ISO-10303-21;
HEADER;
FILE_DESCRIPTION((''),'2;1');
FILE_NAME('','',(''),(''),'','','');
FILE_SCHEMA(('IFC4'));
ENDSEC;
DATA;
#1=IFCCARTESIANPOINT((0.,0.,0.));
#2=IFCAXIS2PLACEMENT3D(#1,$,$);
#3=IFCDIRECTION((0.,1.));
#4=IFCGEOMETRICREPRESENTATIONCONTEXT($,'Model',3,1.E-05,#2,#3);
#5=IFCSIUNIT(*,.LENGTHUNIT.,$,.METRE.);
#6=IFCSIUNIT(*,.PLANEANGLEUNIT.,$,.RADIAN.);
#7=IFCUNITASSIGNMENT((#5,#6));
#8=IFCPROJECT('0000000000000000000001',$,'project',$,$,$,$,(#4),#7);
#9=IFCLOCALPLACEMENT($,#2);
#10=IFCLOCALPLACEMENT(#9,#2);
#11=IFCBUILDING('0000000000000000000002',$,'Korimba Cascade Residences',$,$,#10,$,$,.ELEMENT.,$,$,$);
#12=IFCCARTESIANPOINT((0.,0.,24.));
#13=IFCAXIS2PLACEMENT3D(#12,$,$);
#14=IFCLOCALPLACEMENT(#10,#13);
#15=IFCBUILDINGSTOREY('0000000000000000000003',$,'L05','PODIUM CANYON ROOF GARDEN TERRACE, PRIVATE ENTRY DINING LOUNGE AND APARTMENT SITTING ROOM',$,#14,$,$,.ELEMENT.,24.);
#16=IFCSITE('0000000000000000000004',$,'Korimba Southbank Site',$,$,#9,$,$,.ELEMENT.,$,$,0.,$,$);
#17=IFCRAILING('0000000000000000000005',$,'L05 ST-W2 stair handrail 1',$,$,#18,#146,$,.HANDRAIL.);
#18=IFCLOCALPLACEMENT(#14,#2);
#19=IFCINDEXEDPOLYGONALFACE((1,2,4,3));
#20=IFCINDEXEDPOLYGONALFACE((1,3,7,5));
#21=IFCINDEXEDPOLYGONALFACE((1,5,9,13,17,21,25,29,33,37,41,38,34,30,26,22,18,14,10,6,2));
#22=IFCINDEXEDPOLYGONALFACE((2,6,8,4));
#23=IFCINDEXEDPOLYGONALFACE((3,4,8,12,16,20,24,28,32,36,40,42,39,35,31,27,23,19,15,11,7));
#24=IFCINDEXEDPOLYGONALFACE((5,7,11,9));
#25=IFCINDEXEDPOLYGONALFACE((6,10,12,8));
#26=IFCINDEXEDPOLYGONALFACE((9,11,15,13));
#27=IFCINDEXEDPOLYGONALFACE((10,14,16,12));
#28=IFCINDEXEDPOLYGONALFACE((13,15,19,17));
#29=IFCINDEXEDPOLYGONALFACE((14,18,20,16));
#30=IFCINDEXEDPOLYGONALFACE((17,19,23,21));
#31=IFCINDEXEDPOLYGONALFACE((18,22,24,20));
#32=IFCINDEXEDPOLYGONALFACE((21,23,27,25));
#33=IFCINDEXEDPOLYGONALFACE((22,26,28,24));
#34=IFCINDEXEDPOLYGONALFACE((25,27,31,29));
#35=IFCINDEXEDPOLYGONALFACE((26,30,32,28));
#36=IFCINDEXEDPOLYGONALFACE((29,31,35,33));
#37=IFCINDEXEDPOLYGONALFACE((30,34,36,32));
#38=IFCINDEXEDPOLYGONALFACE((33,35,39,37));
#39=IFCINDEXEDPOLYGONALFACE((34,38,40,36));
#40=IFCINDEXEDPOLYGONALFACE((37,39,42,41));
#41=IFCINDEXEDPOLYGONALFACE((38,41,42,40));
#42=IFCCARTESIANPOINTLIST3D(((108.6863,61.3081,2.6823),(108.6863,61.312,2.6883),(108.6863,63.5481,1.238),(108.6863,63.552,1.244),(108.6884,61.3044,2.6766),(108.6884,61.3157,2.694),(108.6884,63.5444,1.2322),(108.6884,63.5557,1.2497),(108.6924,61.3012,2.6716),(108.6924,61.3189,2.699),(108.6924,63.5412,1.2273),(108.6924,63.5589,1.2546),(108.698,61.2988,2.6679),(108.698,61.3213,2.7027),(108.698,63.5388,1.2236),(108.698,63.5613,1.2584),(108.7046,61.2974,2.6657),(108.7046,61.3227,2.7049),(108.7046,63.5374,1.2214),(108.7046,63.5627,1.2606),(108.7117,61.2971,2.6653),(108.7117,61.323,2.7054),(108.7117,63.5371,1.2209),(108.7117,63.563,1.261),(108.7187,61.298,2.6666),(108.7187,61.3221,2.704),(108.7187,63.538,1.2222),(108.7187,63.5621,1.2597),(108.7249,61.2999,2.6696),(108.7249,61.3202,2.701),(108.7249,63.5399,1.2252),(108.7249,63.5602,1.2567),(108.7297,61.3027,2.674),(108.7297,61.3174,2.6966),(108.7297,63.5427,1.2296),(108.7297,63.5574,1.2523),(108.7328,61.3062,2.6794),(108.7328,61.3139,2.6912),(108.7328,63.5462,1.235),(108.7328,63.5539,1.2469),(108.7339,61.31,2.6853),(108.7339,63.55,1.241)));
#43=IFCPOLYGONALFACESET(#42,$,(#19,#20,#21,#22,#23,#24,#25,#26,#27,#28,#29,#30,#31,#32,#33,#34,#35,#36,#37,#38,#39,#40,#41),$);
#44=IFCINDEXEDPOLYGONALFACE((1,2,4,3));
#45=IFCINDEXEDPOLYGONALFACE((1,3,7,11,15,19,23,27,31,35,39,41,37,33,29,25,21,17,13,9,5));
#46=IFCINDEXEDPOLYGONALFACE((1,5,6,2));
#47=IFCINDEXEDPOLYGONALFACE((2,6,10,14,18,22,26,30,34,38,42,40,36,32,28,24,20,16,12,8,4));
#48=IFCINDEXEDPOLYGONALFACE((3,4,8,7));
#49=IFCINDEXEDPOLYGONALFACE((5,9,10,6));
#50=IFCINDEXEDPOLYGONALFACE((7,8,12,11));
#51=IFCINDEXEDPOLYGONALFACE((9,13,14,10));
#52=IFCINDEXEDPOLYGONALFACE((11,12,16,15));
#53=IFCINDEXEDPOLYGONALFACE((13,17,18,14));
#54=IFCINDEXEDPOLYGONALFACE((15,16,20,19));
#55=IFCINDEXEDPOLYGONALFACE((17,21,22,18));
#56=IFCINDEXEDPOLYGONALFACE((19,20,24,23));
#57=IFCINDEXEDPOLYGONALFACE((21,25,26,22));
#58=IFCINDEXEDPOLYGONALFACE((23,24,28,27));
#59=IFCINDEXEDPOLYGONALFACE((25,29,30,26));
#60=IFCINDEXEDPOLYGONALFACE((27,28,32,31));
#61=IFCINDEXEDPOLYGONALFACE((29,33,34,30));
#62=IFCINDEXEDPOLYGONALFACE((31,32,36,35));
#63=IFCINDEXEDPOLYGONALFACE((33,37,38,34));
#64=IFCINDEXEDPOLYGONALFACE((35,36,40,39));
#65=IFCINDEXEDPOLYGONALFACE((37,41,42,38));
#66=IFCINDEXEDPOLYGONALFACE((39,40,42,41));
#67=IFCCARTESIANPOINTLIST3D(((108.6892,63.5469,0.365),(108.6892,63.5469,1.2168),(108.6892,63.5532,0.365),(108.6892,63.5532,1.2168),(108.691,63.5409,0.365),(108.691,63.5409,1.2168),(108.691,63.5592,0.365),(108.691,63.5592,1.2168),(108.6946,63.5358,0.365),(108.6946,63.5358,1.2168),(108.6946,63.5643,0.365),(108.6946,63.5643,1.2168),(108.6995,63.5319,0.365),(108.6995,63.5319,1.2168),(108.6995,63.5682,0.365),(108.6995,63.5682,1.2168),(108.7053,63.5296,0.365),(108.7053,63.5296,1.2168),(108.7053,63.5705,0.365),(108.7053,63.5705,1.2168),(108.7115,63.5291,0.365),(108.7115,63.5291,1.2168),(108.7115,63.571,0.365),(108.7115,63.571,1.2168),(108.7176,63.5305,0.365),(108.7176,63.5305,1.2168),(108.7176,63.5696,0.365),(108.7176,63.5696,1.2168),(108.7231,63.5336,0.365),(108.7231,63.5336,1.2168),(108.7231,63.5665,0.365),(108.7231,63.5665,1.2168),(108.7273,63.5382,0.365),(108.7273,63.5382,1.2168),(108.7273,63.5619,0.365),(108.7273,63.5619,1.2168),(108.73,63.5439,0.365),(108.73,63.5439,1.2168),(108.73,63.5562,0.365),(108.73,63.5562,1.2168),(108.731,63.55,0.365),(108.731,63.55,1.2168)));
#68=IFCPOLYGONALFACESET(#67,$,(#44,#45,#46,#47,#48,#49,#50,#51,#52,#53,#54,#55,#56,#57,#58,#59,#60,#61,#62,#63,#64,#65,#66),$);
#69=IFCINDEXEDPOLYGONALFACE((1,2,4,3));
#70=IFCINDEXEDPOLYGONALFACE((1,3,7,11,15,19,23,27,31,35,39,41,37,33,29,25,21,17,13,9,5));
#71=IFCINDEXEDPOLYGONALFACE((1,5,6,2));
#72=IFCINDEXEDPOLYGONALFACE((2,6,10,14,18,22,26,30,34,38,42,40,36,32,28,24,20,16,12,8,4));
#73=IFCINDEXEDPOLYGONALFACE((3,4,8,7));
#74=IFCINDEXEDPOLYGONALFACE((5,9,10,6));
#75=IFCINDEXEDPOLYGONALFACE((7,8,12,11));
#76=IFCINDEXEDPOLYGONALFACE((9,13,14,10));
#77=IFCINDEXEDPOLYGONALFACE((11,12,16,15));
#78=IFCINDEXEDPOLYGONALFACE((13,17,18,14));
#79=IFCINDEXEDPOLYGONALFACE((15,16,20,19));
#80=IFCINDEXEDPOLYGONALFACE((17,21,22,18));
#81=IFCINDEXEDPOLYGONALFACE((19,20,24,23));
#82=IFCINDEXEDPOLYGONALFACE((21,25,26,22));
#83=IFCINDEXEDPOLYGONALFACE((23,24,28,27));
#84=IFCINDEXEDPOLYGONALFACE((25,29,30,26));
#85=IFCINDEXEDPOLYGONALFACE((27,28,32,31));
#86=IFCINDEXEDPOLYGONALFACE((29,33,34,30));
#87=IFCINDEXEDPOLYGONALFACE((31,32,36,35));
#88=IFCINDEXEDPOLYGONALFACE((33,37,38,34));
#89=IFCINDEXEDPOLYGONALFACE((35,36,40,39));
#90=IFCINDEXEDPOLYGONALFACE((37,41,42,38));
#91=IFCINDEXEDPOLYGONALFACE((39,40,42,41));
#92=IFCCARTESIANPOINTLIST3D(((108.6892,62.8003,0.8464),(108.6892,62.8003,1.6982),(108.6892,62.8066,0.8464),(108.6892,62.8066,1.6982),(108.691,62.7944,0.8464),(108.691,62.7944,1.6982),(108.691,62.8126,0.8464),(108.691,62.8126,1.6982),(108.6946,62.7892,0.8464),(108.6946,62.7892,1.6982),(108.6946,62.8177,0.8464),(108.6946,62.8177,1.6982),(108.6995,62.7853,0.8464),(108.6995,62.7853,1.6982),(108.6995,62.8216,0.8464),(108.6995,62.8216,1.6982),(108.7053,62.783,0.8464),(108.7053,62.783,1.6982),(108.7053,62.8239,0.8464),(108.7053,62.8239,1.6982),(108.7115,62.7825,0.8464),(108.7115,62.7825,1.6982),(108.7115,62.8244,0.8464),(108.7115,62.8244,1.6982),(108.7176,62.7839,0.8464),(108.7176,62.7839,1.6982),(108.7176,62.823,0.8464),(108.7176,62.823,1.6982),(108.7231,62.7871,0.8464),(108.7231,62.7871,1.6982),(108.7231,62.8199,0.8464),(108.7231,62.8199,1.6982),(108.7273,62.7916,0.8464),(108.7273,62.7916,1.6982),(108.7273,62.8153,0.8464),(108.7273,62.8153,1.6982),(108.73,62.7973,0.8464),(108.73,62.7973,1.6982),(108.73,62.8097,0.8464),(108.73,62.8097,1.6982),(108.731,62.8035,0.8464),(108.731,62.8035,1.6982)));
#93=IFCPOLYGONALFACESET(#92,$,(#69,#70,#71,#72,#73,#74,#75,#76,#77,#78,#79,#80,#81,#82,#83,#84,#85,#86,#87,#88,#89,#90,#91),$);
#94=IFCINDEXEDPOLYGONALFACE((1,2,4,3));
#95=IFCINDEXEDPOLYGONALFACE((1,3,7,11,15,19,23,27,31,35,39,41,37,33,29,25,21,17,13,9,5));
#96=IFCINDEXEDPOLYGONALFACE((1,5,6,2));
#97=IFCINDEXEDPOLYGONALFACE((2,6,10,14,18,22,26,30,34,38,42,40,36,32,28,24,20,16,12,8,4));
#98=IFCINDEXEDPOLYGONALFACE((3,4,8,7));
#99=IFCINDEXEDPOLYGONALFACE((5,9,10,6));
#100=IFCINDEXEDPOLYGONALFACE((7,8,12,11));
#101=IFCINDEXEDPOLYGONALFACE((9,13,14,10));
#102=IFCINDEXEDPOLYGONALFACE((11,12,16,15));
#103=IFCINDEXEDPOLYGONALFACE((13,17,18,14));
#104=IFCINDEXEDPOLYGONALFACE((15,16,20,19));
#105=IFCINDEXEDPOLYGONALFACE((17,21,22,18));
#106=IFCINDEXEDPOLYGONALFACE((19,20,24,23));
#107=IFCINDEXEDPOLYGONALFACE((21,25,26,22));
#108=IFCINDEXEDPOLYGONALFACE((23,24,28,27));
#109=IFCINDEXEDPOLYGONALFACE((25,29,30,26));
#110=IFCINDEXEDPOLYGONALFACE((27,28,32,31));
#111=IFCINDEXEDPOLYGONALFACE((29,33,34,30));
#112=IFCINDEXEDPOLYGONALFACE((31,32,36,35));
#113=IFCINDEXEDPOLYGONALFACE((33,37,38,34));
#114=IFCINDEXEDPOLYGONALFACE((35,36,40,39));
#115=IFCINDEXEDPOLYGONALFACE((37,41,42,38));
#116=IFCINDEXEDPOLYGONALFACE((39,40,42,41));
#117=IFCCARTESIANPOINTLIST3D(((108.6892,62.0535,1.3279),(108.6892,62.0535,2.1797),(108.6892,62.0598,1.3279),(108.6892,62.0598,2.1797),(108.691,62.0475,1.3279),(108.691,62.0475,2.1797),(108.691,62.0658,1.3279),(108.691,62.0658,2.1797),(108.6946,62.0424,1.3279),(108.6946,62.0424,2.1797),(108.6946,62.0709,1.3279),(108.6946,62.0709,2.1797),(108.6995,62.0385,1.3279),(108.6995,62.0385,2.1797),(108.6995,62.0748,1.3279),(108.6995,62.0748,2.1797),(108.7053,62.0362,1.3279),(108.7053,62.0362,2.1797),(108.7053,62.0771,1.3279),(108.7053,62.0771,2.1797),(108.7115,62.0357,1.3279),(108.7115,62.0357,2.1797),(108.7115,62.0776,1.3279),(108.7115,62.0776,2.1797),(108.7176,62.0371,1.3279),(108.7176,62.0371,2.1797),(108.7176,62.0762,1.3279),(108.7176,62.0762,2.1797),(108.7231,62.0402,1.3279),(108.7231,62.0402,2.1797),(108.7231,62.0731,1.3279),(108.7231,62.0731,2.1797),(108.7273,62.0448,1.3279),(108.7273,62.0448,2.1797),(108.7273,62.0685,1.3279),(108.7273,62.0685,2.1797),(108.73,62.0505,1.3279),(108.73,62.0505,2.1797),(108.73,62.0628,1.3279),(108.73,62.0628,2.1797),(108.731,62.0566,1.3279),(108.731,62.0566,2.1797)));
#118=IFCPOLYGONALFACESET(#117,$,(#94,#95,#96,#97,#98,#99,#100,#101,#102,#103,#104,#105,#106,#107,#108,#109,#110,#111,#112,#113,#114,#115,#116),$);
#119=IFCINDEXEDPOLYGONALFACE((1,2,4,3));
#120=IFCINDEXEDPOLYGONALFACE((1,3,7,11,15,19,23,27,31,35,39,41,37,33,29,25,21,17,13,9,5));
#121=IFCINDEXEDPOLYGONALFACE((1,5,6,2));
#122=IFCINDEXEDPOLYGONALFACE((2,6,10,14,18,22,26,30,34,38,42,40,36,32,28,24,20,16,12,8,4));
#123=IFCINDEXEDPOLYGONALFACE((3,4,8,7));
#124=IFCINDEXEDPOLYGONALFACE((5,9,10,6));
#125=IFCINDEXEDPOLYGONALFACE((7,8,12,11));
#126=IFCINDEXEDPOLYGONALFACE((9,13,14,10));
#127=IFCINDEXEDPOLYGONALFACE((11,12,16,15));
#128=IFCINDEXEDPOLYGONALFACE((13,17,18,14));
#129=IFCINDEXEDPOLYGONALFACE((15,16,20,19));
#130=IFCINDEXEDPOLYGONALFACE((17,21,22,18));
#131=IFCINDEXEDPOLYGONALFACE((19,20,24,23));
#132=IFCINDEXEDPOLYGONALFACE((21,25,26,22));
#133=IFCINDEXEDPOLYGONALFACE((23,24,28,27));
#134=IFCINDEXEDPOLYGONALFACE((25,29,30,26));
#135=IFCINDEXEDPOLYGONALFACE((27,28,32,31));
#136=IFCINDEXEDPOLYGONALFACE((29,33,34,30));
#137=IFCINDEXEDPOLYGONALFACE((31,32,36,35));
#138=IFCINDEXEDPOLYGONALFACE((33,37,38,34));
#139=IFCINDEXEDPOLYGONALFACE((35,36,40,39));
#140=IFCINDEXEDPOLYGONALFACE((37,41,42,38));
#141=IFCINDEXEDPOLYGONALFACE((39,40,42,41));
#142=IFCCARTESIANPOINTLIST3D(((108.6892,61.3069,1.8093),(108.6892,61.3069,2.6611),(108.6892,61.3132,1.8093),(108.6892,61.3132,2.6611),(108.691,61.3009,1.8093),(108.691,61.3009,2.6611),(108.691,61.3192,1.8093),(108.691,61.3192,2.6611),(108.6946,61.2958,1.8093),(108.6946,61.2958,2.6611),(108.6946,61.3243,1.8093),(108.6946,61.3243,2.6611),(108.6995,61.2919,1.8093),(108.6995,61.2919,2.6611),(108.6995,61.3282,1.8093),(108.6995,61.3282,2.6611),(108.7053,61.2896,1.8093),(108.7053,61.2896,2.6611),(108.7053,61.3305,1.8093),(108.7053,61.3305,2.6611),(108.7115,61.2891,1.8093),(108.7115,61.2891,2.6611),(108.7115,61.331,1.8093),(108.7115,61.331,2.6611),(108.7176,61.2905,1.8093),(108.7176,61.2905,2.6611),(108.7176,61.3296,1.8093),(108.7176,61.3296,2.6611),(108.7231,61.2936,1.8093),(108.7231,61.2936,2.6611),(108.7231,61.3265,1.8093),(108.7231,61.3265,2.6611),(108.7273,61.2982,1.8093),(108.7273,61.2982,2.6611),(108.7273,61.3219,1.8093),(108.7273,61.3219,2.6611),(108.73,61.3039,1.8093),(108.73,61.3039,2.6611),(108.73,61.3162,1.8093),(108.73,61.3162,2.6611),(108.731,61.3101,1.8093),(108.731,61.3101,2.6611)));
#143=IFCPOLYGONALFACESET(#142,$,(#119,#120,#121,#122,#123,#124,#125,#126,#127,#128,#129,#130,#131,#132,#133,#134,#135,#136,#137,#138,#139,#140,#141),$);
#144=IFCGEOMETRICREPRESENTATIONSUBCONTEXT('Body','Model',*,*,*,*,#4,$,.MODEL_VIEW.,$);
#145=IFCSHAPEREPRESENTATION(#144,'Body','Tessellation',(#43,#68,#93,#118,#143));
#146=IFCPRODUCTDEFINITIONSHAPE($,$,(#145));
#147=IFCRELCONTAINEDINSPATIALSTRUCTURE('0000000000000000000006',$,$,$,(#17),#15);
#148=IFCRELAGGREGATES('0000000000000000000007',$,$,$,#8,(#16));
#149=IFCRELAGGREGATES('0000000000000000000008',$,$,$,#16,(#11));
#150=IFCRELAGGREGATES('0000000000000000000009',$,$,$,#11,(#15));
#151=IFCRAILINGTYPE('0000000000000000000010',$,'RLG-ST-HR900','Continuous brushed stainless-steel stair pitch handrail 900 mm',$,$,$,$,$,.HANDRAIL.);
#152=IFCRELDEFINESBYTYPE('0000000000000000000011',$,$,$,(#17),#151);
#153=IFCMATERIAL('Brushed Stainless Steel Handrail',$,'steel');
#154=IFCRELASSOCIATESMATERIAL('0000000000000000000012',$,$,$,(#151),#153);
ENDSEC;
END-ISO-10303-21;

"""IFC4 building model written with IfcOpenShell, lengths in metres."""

from ifc_helpers import new_model, si_unit, direction, frame, origin, origin_2d, place, context, subcontext, project, spatial, circle, extrude, material, type_object, element, save


model = new_model("IFC4")

# Units and contexts
model_context = context("Model", 3, precision=1e-05, world=origin(), true_north=direction((0.0, 1.0)))
body_context = subcontext(model_context, "Body", "Model", "MODEL_VIEW")
ifc_project = project(units=[si_unit("LENGTHUNIT", "METRE"), si_unit("PLANEANGLEUNIT", "RADIAN")], contexts=[model_context])

# Site, building, storey
site_placement = place(None, origin())
site = spatial("IfcSite", under=ifc_project, at=site_placement, Name="Korimba Southbank Site", CompositionType="ELEMENT", RefElevation=0.0)
building_placement = place(site_placement, origin())
building = spatial("IfcBuilding", under=site, at=building_placement, Name="Korimba Cascade Residences", CompositionType="ELEMENT")
storey_placement = place(building_placement, frame((0.0, 0.0, 24.0)))
storey = spatial("IfcBuildingStorey", under=building, at=storey_placement, Name="L05", Description="PODIUM CANYON ROOF GARDEN TERRACE, PRIVATE ENTRY DINING LOUNGE AND APARTMENT SITTING ROOM", CompositionType="ELEMENT", Elevation=24.0)

# Railing
ifc_material_1 = material(Name="Brushed Stainless Steel Handrail", Category="steel")
railing_type_1 = type_object("IfcRailingType", Name="RLG-ST-HR900", Description="Continuous brushed stainless-steel stair pitch handrail 900 mm", PredefinedType="HANDRAIL", material=ifc_material_1)
railing_1_placement = place(storey_placement, frame((108.71, 63.55, 0.365)))
element("IfcRailing", 1, at=railing_1_placement, inside=storey, type_object=railing_type_1, Name="L05 ST-W2 stair handrail 1", PredefinedType="HANDRAIL", context=body_context, shape_type="SweptSolid", body=[
    extrude(circle(Radius=0.0239, at=origin_2d()), frame((0.0, 0.0, 0.876), z_axis=(0.0, -0.840437, 0.54191), x_axis=(1.0, 0.0, 0.0)), (0.0, 0.0, 1.0), 2.6653),
    extrude(circle(Radius=0.021, at=origin_2d()), origin(), (0.0, 0.0, 1.0), 0.8518),
    extrude(circle(Radius=0.021, at=origin_2d()), frame((0.0, -0.7466, 0.4814)), (0.0, 0.0, 1.0), 0.8518),
    extrude(circle(Radius=0.021, at=origin_2d()), frame((0.0, -1.4934, 0.9629)), (0.0, 0.0, 1.0), 0.8518),
    extrude(circle(Radius=0.021, at=origin_2d()), frame((0.0, -2.24, 1.4443)), (0.0, 0.0, 1.0), 0.8518),
])

save(model, "model.ifc")
